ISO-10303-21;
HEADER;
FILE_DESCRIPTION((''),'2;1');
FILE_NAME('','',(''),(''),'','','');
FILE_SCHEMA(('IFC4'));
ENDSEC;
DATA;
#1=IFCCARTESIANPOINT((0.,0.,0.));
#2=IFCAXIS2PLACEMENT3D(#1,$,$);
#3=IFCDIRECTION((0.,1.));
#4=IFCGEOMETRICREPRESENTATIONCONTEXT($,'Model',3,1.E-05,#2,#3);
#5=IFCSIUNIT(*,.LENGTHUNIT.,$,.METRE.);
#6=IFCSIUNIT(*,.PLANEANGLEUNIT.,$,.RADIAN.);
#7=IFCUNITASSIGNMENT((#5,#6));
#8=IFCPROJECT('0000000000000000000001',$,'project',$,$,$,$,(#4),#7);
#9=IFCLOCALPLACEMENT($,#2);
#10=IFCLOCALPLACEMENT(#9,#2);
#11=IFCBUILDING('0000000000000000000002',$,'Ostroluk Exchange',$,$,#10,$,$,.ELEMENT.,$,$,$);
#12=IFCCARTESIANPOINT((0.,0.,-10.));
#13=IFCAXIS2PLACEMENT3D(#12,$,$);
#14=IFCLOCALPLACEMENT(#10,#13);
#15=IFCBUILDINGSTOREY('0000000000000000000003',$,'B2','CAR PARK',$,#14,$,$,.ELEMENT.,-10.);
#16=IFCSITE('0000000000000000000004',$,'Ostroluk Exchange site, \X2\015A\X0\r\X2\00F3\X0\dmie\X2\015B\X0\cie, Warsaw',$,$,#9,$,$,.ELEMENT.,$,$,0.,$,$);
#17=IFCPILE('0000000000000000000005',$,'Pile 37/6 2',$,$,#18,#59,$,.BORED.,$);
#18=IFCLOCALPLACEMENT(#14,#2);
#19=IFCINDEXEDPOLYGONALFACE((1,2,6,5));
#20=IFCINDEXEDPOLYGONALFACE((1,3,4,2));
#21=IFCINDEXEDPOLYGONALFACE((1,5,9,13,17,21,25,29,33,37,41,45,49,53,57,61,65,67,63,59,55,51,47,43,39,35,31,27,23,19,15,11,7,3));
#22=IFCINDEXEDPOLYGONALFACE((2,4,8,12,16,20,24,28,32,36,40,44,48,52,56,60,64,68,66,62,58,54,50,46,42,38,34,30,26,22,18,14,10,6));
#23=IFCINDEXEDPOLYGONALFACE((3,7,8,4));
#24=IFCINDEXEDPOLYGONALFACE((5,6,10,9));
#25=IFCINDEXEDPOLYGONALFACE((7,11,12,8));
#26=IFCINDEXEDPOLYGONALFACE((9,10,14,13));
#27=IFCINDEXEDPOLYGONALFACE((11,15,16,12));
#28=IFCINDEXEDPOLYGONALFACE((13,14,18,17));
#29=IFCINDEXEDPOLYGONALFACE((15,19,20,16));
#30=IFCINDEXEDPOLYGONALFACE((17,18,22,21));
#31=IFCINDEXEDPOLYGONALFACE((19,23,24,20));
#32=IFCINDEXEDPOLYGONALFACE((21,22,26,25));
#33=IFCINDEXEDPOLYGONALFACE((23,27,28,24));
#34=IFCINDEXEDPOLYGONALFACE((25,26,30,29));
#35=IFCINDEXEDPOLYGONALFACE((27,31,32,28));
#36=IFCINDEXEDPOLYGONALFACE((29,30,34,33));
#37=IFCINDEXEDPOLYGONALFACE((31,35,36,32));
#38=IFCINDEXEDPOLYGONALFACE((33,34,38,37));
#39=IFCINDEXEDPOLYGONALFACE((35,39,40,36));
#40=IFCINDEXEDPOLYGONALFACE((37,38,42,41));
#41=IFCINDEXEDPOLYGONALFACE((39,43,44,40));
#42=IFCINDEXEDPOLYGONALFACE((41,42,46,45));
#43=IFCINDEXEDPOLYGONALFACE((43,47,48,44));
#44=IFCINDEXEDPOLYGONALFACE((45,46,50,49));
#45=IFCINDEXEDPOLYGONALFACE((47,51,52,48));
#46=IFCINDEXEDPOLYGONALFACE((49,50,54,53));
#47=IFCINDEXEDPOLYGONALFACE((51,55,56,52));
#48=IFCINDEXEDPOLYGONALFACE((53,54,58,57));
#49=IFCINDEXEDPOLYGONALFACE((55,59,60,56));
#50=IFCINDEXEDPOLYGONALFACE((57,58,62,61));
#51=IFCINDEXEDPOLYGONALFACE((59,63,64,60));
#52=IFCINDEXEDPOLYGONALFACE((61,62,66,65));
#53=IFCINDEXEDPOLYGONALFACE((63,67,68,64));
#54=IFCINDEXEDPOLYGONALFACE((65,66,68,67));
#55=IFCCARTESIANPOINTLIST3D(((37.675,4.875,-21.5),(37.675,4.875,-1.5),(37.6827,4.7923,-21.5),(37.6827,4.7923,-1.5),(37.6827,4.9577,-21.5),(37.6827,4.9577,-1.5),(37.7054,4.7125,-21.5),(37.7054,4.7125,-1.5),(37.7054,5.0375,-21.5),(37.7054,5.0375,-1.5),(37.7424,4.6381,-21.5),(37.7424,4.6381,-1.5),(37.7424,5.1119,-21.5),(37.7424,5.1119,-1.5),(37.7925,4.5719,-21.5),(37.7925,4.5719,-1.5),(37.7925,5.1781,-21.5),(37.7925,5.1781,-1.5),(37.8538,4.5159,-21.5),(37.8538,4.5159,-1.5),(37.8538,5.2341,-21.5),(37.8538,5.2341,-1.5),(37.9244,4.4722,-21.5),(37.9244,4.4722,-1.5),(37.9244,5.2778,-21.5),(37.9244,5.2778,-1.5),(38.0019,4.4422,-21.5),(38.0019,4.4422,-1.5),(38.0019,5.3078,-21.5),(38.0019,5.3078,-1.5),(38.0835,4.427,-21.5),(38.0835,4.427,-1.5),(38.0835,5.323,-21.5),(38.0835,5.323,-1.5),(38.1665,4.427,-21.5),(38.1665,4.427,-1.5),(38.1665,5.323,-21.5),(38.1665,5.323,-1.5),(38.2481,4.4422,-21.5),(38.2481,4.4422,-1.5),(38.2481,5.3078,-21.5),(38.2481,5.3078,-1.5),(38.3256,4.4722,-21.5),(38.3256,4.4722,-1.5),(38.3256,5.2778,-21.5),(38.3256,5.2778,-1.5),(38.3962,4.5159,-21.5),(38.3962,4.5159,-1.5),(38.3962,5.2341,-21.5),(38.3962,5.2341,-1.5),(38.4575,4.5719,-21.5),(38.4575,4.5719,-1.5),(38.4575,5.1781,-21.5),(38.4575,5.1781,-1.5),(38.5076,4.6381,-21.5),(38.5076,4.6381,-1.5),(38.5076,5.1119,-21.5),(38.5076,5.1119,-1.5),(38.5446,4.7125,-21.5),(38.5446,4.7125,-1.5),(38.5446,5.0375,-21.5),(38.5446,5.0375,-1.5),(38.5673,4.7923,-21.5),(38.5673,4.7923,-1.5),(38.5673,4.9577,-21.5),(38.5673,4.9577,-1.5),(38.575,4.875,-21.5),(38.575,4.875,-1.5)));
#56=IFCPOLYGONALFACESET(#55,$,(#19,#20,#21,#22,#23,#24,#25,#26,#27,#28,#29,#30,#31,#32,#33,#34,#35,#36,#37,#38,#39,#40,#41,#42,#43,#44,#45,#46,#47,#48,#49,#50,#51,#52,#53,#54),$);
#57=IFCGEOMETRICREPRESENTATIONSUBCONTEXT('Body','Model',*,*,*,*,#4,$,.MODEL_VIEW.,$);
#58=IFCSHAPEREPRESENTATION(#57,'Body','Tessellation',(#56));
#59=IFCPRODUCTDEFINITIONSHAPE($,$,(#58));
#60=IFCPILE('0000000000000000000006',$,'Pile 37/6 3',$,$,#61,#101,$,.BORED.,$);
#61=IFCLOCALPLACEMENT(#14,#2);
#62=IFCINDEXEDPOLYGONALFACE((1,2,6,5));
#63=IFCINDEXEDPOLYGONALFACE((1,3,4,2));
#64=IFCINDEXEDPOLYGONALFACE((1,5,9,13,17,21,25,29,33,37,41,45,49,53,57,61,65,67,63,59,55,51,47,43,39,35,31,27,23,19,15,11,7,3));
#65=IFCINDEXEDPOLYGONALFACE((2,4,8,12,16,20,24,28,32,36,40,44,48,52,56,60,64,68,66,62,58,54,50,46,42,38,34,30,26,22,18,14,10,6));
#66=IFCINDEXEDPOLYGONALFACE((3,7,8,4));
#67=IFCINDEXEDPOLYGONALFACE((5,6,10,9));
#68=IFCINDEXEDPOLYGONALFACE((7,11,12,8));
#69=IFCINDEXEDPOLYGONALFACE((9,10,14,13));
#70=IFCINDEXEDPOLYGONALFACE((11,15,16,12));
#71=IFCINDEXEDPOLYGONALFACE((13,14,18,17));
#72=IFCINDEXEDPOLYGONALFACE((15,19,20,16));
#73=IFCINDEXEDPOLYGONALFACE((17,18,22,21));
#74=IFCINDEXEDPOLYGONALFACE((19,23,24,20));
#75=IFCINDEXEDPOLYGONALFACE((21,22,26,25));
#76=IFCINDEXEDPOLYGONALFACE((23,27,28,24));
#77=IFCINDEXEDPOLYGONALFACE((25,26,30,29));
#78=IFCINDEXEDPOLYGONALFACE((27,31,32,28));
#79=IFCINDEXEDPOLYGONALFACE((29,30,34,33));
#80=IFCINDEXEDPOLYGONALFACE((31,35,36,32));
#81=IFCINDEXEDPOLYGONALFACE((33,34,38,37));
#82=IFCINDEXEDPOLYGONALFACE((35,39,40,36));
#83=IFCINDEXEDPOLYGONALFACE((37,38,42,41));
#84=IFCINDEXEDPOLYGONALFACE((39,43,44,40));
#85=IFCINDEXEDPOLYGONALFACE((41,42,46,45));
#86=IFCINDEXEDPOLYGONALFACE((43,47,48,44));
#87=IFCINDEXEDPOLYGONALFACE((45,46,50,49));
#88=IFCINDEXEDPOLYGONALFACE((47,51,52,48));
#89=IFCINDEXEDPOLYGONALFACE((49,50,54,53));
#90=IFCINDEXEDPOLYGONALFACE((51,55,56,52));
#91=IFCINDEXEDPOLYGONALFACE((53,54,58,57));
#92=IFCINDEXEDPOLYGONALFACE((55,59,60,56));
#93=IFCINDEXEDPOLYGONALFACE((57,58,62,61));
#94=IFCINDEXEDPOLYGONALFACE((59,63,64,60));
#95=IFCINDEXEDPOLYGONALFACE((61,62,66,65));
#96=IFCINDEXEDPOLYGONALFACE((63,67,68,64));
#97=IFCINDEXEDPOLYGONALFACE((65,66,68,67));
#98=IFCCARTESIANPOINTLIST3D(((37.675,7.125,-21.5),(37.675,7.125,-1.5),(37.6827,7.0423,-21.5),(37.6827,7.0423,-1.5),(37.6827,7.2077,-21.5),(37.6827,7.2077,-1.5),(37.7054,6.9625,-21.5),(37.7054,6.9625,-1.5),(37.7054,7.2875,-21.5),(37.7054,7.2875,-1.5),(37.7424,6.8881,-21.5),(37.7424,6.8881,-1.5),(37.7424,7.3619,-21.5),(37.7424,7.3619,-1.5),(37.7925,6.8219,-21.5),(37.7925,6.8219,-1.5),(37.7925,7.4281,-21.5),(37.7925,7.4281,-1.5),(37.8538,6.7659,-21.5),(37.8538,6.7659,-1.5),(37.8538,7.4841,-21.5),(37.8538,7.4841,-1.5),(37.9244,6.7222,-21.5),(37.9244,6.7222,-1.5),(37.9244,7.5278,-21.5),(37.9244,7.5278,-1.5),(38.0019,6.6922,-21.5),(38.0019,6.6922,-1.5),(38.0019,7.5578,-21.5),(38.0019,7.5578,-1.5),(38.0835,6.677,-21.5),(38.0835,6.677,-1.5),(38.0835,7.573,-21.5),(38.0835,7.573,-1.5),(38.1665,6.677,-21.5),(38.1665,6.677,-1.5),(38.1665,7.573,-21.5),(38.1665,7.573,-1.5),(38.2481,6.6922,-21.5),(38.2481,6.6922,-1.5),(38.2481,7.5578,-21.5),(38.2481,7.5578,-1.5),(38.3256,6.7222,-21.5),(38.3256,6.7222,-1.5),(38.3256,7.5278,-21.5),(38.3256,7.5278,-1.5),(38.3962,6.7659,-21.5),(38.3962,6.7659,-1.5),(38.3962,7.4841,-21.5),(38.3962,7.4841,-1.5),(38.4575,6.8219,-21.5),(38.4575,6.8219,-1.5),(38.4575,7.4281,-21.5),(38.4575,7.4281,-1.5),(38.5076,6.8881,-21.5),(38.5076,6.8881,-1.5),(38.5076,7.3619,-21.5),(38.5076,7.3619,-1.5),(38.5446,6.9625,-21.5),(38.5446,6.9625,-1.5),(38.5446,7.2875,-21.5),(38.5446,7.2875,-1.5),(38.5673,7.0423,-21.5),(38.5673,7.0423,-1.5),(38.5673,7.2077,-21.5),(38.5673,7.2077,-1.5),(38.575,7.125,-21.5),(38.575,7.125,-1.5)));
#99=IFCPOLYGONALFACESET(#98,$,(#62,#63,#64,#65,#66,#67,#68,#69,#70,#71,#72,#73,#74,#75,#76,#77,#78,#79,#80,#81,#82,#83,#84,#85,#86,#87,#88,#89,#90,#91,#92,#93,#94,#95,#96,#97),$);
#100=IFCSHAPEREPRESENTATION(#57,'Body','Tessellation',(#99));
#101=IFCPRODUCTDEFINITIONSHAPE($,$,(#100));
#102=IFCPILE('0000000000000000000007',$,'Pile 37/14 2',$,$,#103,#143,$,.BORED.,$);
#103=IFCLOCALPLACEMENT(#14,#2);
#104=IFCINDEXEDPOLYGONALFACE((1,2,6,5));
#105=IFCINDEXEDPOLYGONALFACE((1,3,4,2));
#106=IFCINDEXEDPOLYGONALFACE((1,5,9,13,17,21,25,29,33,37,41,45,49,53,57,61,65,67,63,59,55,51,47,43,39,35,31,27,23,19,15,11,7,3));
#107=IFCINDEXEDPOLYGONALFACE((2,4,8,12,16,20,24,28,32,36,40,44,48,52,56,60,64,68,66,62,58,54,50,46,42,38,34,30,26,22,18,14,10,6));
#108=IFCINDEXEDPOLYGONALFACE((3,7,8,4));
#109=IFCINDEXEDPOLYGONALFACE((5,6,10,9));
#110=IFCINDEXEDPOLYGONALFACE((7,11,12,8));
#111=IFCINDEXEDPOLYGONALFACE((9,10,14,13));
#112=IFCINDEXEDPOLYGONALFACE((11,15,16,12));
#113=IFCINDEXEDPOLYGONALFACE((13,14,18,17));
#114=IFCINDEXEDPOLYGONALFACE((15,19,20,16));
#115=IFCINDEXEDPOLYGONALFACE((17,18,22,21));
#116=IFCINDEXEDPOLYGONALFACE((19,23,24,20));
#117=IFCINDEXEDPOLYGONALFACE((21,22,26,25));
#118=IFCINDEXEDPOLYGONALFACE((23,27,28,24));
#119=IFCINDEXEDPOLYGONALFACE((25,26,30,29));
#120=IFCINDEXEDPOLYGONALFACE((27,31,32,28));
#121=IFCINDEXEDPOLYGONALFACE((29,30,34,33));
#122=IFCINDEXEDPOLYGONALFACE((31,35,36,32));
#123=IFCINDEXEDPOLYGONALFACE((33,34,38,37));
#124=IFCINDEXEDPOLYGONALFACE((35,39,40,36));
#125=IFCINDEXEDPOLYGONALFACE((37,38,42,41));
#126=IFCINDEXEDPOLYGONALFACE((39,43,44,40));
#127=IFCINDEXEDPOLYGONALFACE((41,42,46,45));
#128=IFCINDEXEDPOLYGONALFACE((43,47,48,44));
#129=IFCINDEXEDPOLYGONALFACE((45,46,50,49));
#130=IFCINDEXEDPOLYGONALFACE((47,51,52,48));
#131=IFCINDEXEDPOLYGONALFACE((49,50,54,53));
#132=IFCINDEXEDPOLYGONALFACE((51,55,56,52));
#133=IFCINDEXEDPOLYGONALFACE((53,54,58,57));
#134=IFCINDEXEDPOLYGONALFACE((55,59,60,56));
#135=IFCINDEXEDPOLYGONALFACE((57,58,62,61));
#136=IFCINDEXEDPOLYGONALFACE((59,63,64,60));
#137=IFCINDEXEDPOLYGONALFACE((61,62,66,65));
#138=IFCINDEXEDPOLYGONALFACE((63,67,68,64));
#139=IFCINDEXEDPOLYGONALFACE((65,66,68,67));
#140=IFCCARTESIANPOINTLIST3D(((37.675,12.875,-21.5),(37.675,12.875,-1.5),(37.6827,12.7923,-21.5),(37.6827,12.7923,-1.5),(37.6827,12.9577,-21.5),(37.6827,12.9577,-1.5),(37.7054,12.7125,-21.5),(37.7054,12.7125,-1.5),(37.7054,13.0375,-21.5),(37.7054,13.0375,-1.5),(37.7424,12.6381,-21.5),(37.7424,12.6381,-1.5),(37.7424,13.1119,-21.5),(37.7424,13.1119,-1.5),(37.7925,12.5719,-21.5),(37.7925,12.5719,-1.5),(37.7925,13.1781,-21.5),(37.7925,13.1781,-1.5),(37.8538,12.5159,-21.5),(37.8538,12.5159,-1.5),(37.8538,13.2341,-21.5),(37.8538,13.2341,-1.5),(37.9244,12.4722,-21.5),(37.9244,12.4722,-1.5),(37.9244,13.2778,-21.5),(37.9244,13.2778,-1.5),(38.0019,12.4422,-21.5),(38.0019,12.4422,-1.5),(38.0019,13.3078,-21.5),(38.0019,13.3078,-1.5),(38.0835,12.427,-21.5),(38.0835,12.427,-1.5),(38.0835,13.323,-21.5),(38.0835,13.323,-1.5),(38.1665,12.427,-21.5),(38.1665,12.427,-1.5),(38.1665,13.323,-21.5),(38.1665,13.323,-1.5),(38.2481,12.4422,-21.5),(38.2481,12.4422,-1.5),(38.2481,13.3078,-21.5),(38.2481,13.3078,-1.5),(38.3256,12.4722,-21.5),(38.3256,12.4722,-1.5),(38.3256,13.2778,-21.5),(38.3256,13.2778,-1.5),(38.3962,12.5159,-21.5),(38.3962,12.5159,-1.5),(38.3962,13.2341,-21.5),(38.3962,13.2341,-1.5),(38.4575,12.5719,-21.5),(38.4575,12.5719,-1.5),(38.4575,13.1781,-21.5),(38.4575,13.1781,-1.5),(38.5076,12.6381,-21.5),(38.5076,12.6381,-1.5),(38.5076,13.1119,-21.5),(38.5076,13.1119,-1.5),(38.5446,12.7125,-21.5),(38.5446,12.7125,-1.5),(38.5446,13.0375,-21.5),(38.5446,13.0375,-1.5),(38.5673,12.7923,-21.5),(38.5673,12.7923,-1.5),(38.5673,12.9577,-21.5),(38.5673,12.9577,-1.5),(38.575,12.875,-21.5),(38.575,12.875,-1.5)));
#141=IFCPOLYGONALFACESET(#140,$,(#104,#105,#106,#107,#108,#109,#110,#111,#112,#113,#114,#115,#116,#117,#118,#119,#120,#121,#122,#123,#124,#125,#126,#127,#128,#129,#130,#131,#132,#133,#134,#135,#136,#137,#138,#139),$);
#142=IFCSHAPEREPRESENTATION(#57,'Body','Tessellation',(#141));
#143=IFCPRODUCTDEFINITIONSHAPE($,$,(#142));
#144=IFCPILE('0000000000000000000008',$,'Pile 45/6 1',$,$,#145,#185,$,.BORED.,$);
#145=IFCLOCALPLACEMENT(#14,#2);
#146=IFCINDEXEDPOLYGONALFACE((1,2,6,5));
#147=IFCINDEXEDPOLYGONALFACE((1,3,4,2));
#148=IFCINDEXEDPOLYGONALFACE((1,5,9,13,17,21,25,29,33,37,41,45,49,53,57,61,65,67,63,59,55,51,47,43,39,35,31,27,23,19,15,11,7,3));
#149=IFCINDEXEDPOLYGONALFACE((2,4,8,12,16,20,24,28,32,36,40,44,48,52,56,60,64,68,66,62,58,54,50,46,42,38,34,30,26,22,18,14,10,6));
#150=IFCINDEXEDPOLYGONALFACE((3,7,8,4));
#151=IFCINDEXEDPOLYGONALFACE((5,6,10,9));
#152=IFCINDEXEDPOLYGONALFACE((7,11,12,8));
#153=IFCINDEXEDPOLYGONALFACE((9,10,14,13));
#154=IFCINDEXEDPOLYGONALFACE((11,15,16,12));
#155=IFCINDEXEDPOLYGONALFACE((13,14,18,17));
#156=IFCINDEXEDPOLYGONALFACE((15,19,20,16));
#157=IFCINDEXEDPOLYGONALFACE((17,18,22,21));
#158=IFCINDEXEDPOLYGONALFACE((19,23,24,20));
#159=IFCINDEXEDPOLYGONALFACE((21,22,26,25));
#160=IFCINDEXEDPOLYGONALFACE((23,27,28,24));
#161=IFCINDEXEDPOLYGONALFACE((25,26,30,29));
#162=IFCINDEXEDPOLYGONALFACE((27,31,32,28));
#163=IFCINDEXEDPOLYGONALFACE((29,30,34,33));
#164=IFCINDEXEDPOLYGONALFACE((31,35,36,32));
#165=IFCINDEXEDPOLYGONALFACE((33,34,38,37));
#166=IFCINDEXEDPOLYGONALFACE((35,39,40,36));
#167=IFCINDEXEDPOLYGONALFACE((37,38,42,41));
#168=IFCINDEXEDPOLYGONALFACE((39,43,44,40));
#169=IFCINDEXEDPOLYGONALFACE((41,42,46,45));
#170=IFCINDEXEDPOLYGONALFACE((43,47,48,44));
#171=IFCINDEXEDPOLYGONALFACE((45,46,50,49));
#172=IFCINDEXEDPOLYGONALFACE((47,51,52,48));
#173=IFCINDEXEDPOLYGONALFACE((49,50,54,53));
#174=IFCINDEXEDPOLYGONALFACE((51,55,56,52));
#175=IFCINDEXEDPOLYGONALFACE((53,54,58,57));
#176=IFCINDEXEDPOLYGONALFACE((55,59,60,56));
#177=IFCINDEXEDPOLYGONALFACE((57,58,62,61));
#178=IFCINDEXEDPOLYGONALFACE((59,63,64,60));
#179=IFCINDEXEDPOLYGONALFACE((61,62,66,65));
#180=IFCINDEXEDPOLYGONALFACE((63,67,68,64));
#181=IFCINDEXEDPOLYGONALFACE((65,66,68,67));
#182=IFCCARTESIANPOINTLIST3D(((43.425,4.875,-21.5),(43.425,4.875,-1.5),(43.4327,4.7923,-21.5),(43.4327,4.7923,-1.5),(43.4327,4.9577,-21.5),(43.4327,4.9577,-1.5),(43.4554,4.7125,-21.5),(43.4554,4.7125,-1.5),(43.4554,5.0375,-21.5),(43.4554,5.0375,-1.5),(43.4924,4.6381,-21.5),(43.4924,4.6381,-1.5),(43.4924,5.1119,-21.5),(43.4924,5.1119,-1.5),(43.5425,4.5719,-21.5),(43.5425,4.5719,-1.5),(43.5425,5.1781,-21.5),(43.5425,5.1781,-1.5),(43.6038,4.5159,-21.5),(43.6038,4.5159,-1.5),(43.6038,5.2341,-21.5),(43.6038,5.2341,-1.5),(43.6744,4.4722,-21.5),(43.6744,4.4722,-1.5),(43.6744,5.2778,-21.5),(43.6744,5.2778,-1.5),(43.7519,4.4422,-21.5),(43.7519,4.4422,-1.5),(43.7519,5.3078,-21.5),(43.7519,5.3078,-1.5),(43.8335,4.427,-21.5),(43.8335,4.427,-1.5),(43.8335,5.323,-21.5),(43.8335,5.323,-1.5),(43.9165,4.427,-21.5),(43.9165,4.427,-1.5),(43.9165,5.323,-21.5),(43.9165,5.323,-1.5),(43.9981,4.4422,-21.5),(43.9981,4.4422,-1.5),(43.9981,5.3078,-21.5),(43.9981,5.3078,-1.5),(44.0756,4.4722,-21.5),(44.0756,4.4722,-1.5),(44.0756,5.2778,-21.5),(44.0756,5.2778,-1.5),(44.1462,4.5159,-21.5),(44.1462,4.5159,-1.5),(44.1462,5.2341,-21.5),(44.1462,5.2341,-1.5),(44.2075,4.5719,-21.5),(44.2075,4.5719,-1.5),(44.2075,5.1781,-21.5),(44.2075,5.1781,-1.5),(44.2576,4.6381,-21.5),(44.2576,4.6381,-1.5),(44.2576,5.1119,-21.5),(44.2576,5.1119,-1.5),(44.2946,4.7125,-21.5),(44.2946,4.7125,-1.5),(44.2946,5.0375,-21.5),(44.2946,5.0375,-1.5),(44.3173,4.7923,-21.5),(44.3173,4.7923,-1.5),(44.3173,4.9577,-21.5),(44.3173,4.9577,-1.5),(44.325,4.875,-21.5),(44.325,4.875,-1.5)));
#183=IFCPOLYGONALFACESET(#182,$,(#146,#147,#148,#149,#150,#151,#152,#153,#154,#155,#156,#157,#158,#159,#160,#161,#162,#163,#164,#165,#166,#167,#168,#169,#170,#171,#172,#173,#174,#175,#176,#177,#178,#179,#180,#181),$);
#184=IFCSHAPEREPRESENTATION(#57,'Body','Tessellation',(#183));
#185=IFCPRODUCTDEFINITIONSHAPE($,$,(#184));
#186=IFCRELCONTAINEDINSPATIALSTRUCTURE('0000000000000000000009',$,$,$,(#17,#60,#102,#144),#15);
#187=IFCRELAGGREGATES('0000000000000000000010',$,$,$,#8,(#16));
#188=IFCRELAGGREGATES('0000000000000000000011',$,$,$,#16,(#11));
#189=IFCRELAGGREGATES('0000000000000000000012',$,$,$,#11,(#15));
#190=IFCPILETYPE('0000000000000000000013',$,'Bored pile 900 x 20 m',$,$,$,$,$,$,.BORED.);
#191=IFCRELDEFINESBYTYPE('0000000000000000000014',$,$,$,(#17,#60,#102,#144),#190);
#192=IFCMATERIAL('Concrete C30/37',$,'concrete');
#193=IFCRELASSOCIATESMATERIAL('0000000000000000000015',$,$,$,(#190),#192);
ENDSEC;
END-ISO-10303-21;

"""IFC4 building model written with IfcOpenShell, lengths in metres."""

from ifc_helpers import new_model, si_unit, direction, frame, origin, origin_2d, place, context, subcontext, project, spatial, circle, extrude, material, type_object, element, save


model = new_model("IFC4")

# Units and contexts
model_context = context("Model", 3, precision=1e-05, world=origin(), true_north=direction((0.0, 1.0)))
body_context = subcontext(model_context, "Body", "Model", "MODEL_VIEW")
ifc_project = project(units=[si_unit("LENGTHUNIT", "METRE"), si_unit("PLANEANGLEUNIT", "RADIAN")], contexts=[model_context])

# Site, building, storey
site_placement = place(None, origin())
site = spatial("IfcSite", under=ifc_project, at=site_placement, Name="Ostroluk Exchange site, Śródmieście, Warsaw", CompositionType="ELEMENT", RefElevation=0.0)
building_placement = place(site_placement, origin())
building = spatial("IfcBuilding", under=site, at=building_placement, Name="Ostroluk Exchange", CompositionType="ELEMENT")
storey_placement = place(building_placement, frame((0.0, 0.0, -10.0)))
storey = spatial("IfcBuildingStorey", under=building, at=storey_placement, Name="B2", Description="CAR PARK", CompositionType="ELEMENT", Elevation=-10.0)

# Piles
ifc_material_1 = material(Name="Concrete C30/37", Category="concrete")
pile_type = type_object("IfcPileType", Name="Bored pile 900 x 20 m", PredefinedType="BORED", material=ifc_material_1)
for number, where, z_axis, x_axis, name in (
    (1, (38.125, 4.875, -1.5), (0.0, 0.0, -1.0), (1.0, 0.0, 0.0), "Pile 37/6 2"),
    (2, (38.125, 7.125, -1.5), (0.0, 0.0, -1.0), (1.0, 0.0, 0.0), "Pile 37/6 3"),
    (3, (38.125, 12.875, -1.5), (0.0, 0.0, -1.0), (1.0, 0.0, 0.0), "Pile 37/14 2"),
    (4, (43.875, 4.875, -1.5), (0.0, 0.0, -1.0), (1.0, 0.0, 0.0), "Pile 45/6 1"),
):
    element("IfcPile", number, at=place(storey_placement, frame(where, z_axis=z_axis, x_axis=x_axis)), inside=storey, type_object=pile_type, Name=name, PredefinedType="BORED", context=body_context, shape_type="SweptSolid", body=[
        extrude(circle(Radius=0.45, at=origin_2d()), origin(), (0.0, 0.0, 1.0), 20.0),
    ])

save(model, "model.ifc")
